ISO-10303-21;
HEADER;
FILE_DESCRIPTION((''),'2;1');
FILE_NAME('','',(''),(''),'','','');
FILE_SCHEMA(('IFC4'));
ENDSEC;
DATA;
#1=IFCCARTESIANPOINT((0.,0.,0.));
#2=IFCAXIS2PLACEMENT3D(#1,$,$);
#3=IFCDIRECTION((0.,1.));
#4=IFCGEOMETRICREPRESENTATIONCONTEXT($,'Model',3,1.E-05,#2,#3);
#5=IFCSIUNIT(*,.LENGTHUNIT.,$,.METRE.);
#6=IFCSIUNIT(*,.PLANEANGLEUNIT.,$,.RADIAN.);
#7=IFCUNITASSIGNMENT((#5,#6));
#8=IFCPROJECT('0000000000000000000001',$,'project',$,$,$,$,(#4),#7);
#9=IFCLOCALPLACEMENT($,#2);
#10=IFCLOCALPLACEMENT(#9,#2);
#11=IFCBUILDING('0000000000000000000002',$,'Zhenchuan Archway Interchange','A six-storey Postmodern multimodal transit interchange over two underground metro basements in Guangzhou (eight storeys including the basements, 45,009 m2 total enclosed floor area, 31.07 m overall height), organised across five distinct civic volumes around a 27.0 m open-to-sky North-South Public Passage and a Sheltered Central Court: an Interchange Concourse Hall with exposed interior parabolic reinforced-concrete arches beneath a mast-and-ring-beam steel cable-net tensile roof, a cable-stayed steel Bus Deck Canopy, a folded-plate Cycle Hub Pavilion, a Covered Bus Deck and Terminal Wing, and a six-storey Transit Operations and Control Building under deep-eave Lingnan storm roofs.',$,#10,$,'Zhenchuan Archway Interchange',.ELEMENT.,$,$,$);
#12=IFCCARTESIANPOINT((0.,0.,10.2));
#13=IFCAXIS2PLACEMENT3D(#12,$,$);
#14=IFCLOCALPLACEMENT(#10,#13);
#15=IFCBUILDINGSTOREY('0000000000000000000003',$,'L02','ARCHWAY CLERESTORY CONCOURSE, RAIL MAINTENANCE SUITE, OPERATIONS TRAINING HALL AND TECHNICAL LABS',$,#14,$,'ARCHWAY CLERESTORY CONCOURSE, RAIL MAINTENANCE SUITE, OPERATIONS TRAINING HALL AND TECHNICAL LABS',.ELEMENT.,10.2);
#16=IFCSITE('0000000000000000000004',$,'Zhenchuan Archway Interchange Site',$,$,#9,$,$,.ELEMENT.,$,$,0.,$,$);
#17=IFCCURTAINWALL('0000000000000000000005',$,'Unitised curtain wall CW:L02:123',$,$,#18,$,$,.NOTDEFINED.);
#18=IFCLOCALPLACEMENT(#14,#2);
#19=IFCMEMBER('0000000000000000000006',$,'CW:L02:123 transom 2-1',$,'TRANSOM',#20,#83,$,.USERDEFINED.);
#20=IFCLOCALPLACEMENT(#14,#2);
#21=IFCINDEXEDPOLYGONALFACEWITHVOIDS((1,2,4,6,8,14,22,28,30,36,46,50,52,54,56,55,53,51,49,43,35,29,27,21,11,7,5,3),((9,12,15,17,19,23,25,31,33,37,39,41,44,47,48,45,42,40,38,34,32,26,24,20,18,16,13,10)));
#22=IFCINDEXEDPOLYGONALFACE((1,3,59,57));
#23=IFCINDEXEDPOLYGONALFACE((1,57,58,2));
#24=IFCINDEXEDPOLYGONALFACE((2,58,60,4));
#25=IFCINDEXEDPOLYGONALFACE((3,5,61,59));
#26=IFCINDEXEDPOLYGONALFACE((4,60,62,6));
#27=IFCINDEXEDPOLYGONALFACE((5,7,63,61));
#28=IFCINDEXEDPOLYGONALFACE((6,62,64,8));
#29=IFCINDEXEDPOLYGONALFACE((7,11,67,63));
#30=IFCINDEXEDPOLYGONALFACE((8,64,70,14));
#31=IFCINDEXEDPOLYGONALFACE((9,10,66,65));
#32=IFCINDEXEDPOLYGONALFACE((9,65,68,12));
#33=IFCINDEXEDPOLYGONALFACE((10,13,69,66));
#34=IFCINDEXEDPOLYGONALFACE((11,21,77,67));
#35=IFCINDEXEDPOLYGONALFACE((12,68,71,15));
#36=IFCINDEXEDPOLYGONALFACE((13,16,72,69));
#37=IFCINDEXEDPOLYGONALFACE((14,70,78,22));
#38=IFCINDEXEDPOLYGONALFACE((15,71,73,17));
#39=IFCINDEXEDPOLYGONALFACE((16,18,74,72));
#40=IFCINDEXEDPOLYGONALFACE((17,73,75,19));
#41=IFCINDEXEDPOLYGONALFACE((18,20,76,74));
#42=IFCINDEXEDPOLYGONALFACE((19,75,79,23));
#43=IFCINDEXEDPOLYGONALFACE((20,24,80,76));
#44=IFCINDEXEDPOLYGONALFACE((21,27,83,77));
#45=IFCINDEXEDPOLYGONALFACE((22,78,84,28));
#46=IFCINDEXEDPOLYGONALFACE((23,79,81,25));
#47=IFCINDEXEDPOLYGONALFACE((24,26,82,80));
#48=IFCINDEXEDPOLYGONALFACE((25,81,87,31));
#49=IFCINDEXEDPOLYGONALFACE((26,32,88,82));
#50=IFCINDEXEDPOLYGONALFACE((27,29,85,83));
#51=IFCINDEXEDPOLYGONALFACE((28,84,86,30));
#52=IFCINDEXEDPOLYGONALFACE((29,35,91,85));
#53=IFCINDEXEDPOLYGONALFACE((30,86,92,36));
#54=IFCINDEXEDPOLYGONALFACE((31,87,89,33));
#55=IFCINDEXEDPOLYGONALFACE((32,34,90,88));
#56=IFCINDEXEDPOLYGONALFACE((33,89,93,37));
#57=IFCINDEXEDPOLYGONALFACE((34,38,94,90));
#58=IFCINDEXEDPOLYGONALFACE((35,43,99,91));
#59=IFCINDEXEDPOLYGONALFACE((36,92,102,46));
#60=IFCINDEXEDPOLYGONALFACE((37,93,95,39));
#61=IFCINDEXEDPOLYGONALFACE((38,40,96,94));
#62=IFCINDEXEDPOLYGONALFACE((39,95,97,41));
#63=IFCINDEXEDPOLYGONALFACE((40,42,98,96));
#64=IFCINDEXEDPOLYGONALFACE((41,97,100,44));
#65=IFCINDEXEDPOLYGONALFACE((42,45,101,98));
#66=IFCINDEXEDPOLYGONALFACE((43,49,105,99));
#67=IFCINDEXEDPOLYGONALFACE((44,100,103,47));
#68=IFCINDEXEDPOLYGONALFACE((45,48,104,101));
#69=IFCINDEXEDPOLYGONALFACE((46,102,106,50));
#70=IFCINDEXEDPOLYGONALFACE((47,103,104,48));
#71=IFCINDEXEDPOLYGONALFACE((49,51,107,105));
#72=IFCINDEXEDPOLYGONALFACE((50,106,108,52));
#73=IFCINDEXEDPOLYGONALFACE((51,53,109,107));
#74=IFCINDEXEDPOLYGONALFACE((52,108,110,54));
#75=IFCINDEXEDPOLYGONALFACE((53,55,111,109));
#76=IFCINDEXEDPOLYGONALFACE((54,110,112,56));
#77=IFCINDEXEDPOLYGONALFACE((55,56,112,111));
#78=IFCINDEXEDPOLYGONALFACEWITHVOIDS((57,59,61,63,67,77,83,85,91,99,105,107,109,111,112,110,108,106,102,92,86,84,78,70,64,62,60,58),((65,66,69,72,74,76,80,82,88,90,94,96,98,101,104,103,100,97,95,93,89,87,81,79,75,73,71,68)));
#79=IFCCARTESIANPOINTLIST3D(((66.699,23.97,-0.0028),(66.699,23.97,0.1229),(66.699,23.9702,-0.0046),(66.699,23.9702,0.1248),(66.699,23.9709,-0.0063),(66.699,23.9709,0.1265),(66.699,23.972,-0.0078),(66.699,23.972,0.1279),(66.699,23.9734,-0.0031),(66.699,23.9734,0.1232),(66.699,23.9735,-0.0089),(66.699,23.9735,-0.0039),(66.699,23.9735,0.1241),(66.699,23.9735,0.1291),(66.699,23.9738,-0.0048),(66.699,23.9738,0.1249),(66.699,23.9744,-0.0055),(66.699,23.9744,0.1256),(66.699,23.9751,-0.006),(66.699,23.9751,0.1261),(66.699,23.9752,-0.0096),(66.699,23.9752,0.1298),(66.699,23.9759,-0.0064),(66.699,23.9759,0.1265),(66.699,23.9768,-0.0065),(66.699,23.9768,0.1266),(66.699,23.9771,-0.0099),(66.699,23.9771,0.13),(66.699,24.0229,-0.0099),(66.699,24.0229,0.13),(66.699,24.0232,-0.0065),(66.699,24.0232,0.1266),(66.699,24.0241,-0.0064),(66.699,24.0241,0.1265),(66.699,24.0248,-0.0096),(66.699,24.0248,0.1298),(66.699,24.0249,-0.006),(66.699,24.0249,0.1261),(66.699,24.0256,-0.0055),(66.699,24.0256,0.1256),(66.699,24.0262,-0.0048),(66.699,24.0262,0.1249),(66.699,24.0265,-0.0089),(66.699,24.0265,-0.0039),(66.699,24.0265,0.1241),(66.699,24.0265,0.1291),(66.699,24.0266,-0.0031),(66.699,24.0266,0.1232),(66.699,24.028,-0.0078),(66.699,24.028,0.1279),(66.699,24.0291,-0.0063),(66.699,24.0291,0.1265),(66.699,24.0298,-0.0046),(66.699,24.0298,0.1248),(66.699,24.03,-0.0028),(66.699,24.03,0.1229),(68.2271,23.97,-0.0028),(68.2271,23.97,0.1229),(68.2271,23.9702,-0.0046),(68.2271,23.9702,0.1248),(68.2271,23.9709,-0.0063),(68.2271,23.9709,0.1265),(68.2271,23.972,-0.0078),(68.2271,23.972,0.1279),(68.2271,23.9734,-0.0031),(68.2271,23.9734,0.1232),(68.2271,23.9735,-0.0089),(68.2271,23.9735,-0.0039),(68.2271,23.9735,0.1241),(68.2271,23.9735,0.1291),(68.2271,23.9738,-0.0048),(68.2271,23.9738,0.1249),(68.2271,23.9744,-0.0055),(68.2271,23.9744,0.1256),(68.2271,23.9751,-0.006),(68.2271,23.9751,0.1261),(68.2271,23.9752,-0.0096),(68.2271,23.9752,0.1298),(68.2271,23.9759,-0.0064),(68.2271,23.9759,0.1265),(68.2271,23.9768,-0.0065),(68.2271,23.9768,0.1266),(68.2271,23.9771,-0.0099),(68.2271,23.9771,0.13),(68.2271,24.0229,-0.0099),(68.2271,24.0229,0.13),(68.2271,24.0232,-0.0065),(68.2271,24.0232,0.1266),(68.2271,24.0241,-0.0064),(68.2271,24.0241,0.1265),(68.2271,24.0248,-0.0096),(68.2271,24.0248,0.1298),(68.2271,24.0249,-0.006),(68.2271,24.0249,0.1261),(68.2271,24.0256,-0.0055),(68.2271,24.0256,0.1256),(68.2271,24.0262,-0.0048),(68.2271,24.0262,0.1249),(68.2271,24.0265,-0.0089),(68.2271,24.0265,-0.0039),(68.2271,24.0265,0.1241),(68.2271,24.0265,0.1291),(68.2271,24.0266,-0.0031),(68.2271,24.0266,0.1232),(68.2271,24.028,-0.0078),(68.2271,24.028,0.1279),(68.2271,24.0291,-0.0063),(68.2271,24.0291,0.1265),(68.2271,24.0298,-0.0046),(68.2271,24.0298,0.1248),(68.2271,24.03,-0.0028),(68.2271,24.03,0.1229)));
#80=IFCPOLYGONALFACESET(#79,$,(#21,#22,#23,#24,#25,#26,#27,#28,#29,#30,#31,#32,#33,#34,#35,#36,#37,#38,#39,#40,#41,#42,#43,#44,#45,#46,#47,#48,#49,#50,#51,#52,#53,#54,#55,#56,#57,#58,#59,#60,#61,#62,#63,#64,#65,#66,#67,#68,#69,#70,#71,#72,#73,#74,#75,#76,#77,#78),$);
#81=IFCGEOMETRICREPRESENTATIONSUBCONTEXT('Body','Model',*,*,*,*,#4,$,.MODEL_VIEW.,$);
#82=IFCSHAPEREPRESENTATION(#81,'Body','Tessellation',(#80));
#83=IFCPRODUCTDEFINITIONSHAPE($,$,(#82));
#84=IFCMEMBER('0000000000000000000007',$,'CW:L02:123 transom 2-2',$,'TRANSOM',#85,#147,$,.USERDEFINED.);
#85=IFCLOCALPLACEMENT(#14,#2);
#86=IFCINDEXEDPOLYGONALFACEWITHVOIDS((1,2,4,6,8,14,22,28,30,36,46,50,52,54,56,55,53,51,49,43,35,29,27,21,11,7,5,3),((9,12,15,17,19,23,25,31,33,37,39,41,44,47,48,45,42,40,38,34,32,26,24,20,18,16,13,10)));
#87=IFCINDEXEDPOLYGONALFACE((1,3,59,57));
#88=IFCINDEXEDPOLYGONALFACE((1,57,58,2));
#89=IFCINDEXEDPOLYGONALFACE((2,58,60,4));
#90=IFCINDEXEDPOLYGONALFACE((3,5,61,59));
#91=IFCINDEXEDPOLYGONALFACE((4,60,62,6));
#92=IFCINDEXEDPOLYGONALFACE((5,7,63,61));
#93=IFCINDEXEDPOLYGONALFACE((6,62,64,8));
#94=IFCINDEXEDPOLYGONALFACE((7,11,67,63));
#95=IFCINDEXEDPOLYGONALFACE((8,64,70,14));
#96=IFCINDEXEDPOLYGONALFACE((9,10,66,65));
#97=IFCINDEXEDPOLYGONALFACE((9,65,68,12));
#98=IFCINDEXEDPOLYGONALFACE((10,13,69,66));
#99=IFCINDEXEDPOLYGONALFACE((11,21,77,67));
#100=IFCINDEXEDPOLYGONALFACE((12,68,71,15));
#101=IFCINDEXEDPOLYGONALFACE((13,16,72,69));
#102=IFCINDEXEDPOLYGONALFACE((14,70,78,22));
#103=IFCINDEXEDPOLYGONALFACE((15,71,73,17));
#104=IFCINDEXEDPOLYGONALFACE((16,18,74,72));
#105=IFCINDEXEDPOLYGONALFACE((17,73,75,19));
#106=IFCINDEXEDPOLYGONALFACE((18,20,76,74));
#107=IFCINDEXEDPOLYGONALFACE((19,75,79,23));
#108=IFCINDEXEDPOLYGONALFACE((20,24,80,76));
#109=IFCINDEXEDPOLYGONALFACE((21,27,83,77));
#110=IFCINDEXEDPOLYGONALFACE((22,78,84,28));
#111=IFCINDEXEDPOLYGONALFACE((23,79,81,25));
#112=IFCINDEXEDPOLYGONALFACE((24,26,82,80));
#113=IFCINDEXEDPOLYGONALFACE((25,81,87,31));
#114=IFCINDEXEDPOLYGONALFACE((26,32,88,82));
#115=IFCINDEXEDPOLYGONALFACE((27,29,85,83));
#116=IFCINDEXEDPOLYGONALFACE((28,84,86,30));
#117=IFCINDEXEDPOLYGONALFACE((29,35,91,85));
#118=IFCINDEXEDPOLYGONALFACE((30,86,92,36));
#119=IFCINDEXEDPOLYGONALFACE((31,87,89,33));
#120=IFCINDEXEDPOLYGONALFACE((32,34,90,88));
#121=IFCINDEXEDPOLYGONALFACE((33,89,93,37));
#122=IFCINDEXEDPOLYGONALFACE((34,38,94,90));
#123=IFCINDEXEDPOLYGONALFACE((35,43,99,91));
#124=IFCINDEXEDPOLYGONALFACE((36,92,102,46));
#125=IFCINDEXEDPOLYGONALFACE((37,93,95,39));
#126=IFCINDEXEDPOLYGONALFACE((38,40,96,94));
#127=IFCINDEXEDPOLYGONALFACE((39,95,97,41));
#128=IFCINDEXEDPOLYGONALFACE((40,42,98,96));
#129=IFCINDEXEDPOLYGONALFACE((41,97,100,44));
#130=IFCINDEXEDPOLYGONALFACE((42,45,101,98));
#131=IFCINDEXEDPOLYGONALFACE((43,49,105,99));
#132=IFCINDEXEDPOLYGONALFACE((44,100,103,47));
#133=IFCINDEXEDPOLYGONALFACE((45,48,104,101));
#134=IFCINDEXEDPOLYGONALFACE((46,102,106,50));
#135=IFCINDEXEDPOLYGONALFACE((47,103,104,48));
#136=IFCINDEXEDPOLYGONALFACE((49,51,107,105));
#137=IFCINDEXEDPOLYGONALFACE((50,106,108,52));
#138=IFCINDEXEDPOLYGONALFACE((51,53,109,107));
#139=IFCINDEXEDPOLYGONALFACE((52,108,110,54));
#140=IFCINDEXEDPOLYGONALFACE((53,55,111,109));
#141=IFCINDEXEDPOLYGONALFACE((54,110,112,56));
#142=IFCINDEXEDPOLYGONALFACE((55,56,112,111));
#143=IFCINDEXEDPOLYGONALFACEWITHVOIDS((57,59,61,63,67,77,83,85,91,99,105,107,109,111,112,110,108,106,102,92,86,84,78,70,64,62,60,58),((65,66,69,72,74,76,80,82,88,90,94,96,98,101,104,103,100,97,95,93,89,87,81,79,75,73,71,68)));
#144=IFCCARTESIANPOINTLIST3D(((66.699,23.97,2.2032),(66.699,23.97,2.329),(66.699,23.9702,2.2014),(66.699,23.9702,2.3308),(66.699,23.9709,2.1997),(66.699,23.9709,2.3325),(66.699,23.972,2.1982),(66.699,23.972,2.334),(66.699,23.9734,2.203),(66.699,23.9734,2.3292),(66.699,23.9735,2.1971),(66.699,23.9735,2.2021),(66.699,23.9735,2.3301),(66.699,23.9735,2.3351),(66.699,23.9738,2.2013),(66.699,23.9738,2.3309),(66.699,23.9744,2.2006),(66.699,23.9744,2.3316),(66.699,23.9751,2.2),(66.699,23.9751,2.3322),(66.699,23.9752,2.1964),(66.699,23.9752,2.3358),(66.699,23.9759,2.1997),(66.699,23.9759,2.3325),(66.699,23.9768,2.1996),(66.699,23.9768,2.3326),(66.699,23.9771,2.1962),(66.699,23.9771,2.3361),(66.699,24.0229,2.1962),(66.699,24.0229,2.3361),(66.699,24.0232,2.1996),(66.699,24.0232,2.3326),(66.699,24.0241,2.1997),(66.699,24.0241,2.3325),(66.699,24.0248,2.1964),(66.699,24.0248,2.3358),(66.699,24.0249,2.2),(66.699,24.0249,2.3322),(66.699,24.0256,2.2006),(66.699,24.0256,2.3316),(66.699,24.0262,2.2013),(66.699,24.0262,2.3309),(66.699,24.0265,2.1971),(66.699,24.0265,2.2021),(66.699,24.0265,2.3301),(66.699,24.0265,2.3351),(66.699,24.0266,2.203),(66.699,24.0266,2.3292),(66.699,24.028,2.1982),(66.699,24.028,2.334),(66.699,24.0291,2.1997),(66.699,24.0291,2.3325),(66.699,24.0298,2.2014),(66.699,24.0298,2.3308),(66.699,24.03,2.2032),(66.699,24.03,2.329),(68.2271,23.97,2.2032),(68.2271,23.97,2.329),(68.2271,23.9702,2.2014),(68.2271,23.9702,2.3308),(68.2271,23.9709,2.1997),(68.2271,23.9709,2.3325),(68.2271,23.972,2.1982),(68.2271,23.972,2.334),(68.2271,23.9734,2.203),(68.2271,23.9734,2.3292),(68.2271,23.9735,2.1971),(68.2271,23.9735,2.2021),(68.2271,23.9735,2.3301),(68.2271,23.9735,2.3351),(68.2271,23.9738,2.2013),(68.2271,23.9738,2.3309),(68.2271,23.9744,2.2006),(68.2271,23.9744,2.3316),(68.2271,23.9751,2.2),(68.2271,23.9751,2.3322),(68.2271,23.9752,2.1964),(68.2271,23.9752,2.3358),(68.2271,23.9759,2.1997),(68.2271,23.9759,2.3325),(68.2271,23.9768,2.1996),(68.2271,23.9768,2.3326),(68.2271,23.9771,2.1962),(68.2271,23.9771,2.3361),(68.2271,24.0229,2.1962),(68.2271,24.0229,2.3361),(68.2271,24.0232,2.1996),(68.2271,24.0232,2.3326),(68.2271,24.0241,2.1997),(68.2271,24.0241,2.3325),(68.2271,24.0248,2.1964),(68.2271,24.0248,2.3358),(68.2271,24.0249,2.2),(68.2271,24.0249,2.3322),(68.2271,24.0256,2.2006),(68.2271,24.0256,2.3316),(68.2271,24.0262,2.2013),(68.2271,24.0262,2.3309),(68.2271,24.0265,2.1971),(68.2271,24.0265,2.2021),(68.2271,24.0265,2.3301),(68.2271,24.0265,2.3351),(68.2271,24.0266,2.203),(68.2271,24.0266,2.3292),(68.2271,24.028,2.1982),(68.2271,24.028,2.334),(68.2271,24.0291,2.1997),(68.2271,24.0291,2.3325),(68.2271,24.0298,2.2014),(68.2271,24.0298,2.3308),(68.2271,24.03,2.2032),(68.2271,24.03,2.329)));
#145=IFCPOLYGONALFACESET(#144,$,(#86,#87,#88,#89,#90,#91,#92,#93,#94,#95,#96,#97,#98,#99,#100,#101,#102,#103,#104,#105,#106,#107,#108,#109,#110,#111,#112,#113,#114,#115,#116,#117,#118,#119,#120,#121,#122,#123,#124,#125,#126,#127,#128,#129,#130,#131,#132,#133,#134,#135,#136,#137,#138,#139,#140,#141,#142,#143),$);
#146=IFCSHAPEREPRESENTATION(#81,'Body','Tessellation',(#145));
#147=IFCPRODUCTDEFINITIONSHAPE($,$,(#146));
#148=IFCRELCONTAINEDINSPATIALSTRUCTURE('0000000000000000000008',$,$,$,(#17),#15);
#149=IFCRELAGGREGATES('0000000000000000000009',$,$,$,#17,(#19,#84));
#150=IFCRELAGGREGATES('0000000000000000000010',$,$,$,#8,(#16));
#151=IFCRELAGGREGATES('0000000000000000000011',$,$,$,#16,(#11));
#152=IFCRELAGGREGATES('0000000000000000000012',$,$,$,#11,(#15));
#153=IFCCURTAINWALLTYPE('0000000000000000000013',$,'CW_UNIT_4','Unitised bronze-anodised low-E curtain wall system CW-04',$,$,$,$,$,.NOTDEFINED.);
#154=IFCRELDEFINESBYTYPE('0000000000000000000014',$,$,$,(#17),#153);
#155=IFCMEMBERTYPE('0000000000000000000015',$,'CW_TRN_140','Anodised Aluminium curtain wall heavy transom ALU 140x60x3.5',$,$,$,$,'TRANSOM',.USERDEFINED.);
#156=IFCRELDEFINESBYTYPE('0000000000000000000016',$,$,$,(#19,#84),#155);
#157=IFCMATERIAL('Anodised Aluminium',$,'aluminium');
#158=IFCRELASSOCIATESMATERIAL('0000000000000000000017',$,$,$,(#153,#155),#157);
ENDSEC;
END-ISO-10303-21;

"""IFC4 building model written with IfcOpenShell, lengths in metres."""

from ifc_helpers import new_model, si_unit, direction, frame, origin, origin_2d, place, context, subcontext, project, spatial, hollow_rectangle, extrude, material, material_profile, profile_set, type_object, element, aggregate, save


model = new_model("IFC4")

# Units and contexts
model_context = context("Model", 3, precision=1e-05, world=origin(), true_north=direction((0.0, 1.0)))
body_context = subcontext(model_context, "Body", "Model", "MODEL_VIEW")
ifc_project = project(units=[si_unit("LENGTHUNIT", "METRE"), si_unit("PLANEANGLEUNIT", "RADIAN")], contexts=[model_context])

# Site, building, storey
site_placement = place(None, origin())
site = spatial("IfcSite", under=ifc_project, at=site_placement, Name="Zhenchuan Archway Interchange Site", CompositionType="ELEMENT", RefElevation=0.0)
building_placement = place(site_placement, origin())
building = spatial("IfcBuilding", under=site, at=building_placement, Name="Zhenchuan Archway Interchange", Description="A six-storey Postmodern multimodal transit interchange over two underground metro basements in Guangzhou (eight storeys including the basements, 45,009 m2 total enclosed floor area, 31.07 m overall height), organised across five distinct civic volumes around a 27.0 m open-to-sky North-South Public Passage and a Sheltered Central Court: an Interchange Concourse Hall with exposed interior parabolic reinforced-concrete arches beneath a mast-and-ring-beam steel cable-net tensile roof, a cable-stayed steel Bus Deck Canopy, a folded-plate Cycle Hub Pavilion, a Covered Bus Deck and Terminal Wing, and a six-storey Transit Operations and Control Building under deep-eave Lingnan storm roofs.", LongName="Zhenchuan Archway Interchange", CompositionType="ELEMENT")
storey_placement = place(building_placement, frame((0.0, 0.0, 10.2)))
storey = spatial("IfcBuildingStorey", under=building, at=storey_placement, Name="L02", Description="ARCHWAY CLERESTORY CONCOURSE, RAIL MAINTENANCE SUITE, OPERATIONS TRAINING HALL AND TECHNICAL LABS", LongName="ARCHWAY CLERESTORY CONCOURSE, RAIL MAINTENANCE SUITE, OPERATIONS TRAINING HALL AND TECHNICAL LABS", CompositionType="ELEMENT", Elevation=10.2)

# Curtain wall, members
ifc_material_1 = material(Name="Anodised Aluminium", Category="aluminium")
curtain_wall_type = type_object("IfcCurtainWallType", Name="CW_UNIT_4", Description="Unitised bronze-anodised low-E curtain wall system CW-04", PredefinedType="NOTDEFINED", material=ifc_material_1)
curtain_wall_placement = place(storey_placement, origin())
curtain_wall = element("IfcCurtainWall", 1, at=curtain_wall_placement, inside=storey, type_object=curtain_wall_type, Name="Unitised curtain wall CW:L02:123", PredefinedType="NOTDEFINED")
ifc_material_profile_1 = material_profile(ifc_material_1, hollow_rectangle(XDim=0.0601, YDim=0.1399, WallThickness=0.0034, InnerFilletRadius=0.0034, OuterFilletRadius=0.0071, at=origin_2d()), Name="ALU 140x60x3.5")
ifc_profile_set_1 = profile_set([ifc_material_profile_1], Name="Anodised Aluminium")
member_type_1 = type_object("IfcMemberType", Name="CW_TRN_140", Description="Anodised Aluminium curtain wall heavy transom ALU 140x60x3.5", ElementType="TRANSOM", PredefinedType="USERDEFINED", material=ifc_profile_set_1)
member_1_placement = place(storey_placement, frame((68.2271, 24.0, 0.0601), z_axis=(-1.0, 0.0, 0.0), x_axis=(0.0, -1.0, 0.0)))
member_1 = element("IfcMember", 2, at=member_1_placement, type_object=member_type_1, Name="CW:L02:123 transom 2-1", ObjectType="TRANSOM", PredefinedType="USERDEFINED", context=body_context, shape_type="SweptSolid", body=[
    extrude(hollow_rectangle(XDim=0.0601, YDim=0.1399, WallThickness=0.0034, InnerFilletRadius=0.0034, OuterFilletRadius=0.0071, at=origin_2d()), origin(), (0.0, 0.0, 1.0), 1.5281),
])
member_2_placement = place(storey_placement, frame((68.2271, 24.0, 2.2661), z_axis=(-1.0, 0.0, 0.0), x_axis=(0.0, -1.0, 0.0)))
member_2 = element("IfcMember", 3, at=member_2_placement, type_object=member_type_1, Name="CW:L02:123 transom 2-2", ObjectType="TRANSOM", PredefinedType="USERDEFINED", context=body_context, shape_type="SweptSolid", body=[
    extrude(hollow_rectangle(XDim=0.0601, YDim=0.1399, WallThickness=0.0034, InnerFilletRadius=0.0034, OuterFilletRadius=0.0071, at=origin_2d()), origin(), (0.0, 0.0, 1.0), 1.5281),
])

aggregate(curtain_wall, [member_1, member_2])

save(model, "model.ifc")
